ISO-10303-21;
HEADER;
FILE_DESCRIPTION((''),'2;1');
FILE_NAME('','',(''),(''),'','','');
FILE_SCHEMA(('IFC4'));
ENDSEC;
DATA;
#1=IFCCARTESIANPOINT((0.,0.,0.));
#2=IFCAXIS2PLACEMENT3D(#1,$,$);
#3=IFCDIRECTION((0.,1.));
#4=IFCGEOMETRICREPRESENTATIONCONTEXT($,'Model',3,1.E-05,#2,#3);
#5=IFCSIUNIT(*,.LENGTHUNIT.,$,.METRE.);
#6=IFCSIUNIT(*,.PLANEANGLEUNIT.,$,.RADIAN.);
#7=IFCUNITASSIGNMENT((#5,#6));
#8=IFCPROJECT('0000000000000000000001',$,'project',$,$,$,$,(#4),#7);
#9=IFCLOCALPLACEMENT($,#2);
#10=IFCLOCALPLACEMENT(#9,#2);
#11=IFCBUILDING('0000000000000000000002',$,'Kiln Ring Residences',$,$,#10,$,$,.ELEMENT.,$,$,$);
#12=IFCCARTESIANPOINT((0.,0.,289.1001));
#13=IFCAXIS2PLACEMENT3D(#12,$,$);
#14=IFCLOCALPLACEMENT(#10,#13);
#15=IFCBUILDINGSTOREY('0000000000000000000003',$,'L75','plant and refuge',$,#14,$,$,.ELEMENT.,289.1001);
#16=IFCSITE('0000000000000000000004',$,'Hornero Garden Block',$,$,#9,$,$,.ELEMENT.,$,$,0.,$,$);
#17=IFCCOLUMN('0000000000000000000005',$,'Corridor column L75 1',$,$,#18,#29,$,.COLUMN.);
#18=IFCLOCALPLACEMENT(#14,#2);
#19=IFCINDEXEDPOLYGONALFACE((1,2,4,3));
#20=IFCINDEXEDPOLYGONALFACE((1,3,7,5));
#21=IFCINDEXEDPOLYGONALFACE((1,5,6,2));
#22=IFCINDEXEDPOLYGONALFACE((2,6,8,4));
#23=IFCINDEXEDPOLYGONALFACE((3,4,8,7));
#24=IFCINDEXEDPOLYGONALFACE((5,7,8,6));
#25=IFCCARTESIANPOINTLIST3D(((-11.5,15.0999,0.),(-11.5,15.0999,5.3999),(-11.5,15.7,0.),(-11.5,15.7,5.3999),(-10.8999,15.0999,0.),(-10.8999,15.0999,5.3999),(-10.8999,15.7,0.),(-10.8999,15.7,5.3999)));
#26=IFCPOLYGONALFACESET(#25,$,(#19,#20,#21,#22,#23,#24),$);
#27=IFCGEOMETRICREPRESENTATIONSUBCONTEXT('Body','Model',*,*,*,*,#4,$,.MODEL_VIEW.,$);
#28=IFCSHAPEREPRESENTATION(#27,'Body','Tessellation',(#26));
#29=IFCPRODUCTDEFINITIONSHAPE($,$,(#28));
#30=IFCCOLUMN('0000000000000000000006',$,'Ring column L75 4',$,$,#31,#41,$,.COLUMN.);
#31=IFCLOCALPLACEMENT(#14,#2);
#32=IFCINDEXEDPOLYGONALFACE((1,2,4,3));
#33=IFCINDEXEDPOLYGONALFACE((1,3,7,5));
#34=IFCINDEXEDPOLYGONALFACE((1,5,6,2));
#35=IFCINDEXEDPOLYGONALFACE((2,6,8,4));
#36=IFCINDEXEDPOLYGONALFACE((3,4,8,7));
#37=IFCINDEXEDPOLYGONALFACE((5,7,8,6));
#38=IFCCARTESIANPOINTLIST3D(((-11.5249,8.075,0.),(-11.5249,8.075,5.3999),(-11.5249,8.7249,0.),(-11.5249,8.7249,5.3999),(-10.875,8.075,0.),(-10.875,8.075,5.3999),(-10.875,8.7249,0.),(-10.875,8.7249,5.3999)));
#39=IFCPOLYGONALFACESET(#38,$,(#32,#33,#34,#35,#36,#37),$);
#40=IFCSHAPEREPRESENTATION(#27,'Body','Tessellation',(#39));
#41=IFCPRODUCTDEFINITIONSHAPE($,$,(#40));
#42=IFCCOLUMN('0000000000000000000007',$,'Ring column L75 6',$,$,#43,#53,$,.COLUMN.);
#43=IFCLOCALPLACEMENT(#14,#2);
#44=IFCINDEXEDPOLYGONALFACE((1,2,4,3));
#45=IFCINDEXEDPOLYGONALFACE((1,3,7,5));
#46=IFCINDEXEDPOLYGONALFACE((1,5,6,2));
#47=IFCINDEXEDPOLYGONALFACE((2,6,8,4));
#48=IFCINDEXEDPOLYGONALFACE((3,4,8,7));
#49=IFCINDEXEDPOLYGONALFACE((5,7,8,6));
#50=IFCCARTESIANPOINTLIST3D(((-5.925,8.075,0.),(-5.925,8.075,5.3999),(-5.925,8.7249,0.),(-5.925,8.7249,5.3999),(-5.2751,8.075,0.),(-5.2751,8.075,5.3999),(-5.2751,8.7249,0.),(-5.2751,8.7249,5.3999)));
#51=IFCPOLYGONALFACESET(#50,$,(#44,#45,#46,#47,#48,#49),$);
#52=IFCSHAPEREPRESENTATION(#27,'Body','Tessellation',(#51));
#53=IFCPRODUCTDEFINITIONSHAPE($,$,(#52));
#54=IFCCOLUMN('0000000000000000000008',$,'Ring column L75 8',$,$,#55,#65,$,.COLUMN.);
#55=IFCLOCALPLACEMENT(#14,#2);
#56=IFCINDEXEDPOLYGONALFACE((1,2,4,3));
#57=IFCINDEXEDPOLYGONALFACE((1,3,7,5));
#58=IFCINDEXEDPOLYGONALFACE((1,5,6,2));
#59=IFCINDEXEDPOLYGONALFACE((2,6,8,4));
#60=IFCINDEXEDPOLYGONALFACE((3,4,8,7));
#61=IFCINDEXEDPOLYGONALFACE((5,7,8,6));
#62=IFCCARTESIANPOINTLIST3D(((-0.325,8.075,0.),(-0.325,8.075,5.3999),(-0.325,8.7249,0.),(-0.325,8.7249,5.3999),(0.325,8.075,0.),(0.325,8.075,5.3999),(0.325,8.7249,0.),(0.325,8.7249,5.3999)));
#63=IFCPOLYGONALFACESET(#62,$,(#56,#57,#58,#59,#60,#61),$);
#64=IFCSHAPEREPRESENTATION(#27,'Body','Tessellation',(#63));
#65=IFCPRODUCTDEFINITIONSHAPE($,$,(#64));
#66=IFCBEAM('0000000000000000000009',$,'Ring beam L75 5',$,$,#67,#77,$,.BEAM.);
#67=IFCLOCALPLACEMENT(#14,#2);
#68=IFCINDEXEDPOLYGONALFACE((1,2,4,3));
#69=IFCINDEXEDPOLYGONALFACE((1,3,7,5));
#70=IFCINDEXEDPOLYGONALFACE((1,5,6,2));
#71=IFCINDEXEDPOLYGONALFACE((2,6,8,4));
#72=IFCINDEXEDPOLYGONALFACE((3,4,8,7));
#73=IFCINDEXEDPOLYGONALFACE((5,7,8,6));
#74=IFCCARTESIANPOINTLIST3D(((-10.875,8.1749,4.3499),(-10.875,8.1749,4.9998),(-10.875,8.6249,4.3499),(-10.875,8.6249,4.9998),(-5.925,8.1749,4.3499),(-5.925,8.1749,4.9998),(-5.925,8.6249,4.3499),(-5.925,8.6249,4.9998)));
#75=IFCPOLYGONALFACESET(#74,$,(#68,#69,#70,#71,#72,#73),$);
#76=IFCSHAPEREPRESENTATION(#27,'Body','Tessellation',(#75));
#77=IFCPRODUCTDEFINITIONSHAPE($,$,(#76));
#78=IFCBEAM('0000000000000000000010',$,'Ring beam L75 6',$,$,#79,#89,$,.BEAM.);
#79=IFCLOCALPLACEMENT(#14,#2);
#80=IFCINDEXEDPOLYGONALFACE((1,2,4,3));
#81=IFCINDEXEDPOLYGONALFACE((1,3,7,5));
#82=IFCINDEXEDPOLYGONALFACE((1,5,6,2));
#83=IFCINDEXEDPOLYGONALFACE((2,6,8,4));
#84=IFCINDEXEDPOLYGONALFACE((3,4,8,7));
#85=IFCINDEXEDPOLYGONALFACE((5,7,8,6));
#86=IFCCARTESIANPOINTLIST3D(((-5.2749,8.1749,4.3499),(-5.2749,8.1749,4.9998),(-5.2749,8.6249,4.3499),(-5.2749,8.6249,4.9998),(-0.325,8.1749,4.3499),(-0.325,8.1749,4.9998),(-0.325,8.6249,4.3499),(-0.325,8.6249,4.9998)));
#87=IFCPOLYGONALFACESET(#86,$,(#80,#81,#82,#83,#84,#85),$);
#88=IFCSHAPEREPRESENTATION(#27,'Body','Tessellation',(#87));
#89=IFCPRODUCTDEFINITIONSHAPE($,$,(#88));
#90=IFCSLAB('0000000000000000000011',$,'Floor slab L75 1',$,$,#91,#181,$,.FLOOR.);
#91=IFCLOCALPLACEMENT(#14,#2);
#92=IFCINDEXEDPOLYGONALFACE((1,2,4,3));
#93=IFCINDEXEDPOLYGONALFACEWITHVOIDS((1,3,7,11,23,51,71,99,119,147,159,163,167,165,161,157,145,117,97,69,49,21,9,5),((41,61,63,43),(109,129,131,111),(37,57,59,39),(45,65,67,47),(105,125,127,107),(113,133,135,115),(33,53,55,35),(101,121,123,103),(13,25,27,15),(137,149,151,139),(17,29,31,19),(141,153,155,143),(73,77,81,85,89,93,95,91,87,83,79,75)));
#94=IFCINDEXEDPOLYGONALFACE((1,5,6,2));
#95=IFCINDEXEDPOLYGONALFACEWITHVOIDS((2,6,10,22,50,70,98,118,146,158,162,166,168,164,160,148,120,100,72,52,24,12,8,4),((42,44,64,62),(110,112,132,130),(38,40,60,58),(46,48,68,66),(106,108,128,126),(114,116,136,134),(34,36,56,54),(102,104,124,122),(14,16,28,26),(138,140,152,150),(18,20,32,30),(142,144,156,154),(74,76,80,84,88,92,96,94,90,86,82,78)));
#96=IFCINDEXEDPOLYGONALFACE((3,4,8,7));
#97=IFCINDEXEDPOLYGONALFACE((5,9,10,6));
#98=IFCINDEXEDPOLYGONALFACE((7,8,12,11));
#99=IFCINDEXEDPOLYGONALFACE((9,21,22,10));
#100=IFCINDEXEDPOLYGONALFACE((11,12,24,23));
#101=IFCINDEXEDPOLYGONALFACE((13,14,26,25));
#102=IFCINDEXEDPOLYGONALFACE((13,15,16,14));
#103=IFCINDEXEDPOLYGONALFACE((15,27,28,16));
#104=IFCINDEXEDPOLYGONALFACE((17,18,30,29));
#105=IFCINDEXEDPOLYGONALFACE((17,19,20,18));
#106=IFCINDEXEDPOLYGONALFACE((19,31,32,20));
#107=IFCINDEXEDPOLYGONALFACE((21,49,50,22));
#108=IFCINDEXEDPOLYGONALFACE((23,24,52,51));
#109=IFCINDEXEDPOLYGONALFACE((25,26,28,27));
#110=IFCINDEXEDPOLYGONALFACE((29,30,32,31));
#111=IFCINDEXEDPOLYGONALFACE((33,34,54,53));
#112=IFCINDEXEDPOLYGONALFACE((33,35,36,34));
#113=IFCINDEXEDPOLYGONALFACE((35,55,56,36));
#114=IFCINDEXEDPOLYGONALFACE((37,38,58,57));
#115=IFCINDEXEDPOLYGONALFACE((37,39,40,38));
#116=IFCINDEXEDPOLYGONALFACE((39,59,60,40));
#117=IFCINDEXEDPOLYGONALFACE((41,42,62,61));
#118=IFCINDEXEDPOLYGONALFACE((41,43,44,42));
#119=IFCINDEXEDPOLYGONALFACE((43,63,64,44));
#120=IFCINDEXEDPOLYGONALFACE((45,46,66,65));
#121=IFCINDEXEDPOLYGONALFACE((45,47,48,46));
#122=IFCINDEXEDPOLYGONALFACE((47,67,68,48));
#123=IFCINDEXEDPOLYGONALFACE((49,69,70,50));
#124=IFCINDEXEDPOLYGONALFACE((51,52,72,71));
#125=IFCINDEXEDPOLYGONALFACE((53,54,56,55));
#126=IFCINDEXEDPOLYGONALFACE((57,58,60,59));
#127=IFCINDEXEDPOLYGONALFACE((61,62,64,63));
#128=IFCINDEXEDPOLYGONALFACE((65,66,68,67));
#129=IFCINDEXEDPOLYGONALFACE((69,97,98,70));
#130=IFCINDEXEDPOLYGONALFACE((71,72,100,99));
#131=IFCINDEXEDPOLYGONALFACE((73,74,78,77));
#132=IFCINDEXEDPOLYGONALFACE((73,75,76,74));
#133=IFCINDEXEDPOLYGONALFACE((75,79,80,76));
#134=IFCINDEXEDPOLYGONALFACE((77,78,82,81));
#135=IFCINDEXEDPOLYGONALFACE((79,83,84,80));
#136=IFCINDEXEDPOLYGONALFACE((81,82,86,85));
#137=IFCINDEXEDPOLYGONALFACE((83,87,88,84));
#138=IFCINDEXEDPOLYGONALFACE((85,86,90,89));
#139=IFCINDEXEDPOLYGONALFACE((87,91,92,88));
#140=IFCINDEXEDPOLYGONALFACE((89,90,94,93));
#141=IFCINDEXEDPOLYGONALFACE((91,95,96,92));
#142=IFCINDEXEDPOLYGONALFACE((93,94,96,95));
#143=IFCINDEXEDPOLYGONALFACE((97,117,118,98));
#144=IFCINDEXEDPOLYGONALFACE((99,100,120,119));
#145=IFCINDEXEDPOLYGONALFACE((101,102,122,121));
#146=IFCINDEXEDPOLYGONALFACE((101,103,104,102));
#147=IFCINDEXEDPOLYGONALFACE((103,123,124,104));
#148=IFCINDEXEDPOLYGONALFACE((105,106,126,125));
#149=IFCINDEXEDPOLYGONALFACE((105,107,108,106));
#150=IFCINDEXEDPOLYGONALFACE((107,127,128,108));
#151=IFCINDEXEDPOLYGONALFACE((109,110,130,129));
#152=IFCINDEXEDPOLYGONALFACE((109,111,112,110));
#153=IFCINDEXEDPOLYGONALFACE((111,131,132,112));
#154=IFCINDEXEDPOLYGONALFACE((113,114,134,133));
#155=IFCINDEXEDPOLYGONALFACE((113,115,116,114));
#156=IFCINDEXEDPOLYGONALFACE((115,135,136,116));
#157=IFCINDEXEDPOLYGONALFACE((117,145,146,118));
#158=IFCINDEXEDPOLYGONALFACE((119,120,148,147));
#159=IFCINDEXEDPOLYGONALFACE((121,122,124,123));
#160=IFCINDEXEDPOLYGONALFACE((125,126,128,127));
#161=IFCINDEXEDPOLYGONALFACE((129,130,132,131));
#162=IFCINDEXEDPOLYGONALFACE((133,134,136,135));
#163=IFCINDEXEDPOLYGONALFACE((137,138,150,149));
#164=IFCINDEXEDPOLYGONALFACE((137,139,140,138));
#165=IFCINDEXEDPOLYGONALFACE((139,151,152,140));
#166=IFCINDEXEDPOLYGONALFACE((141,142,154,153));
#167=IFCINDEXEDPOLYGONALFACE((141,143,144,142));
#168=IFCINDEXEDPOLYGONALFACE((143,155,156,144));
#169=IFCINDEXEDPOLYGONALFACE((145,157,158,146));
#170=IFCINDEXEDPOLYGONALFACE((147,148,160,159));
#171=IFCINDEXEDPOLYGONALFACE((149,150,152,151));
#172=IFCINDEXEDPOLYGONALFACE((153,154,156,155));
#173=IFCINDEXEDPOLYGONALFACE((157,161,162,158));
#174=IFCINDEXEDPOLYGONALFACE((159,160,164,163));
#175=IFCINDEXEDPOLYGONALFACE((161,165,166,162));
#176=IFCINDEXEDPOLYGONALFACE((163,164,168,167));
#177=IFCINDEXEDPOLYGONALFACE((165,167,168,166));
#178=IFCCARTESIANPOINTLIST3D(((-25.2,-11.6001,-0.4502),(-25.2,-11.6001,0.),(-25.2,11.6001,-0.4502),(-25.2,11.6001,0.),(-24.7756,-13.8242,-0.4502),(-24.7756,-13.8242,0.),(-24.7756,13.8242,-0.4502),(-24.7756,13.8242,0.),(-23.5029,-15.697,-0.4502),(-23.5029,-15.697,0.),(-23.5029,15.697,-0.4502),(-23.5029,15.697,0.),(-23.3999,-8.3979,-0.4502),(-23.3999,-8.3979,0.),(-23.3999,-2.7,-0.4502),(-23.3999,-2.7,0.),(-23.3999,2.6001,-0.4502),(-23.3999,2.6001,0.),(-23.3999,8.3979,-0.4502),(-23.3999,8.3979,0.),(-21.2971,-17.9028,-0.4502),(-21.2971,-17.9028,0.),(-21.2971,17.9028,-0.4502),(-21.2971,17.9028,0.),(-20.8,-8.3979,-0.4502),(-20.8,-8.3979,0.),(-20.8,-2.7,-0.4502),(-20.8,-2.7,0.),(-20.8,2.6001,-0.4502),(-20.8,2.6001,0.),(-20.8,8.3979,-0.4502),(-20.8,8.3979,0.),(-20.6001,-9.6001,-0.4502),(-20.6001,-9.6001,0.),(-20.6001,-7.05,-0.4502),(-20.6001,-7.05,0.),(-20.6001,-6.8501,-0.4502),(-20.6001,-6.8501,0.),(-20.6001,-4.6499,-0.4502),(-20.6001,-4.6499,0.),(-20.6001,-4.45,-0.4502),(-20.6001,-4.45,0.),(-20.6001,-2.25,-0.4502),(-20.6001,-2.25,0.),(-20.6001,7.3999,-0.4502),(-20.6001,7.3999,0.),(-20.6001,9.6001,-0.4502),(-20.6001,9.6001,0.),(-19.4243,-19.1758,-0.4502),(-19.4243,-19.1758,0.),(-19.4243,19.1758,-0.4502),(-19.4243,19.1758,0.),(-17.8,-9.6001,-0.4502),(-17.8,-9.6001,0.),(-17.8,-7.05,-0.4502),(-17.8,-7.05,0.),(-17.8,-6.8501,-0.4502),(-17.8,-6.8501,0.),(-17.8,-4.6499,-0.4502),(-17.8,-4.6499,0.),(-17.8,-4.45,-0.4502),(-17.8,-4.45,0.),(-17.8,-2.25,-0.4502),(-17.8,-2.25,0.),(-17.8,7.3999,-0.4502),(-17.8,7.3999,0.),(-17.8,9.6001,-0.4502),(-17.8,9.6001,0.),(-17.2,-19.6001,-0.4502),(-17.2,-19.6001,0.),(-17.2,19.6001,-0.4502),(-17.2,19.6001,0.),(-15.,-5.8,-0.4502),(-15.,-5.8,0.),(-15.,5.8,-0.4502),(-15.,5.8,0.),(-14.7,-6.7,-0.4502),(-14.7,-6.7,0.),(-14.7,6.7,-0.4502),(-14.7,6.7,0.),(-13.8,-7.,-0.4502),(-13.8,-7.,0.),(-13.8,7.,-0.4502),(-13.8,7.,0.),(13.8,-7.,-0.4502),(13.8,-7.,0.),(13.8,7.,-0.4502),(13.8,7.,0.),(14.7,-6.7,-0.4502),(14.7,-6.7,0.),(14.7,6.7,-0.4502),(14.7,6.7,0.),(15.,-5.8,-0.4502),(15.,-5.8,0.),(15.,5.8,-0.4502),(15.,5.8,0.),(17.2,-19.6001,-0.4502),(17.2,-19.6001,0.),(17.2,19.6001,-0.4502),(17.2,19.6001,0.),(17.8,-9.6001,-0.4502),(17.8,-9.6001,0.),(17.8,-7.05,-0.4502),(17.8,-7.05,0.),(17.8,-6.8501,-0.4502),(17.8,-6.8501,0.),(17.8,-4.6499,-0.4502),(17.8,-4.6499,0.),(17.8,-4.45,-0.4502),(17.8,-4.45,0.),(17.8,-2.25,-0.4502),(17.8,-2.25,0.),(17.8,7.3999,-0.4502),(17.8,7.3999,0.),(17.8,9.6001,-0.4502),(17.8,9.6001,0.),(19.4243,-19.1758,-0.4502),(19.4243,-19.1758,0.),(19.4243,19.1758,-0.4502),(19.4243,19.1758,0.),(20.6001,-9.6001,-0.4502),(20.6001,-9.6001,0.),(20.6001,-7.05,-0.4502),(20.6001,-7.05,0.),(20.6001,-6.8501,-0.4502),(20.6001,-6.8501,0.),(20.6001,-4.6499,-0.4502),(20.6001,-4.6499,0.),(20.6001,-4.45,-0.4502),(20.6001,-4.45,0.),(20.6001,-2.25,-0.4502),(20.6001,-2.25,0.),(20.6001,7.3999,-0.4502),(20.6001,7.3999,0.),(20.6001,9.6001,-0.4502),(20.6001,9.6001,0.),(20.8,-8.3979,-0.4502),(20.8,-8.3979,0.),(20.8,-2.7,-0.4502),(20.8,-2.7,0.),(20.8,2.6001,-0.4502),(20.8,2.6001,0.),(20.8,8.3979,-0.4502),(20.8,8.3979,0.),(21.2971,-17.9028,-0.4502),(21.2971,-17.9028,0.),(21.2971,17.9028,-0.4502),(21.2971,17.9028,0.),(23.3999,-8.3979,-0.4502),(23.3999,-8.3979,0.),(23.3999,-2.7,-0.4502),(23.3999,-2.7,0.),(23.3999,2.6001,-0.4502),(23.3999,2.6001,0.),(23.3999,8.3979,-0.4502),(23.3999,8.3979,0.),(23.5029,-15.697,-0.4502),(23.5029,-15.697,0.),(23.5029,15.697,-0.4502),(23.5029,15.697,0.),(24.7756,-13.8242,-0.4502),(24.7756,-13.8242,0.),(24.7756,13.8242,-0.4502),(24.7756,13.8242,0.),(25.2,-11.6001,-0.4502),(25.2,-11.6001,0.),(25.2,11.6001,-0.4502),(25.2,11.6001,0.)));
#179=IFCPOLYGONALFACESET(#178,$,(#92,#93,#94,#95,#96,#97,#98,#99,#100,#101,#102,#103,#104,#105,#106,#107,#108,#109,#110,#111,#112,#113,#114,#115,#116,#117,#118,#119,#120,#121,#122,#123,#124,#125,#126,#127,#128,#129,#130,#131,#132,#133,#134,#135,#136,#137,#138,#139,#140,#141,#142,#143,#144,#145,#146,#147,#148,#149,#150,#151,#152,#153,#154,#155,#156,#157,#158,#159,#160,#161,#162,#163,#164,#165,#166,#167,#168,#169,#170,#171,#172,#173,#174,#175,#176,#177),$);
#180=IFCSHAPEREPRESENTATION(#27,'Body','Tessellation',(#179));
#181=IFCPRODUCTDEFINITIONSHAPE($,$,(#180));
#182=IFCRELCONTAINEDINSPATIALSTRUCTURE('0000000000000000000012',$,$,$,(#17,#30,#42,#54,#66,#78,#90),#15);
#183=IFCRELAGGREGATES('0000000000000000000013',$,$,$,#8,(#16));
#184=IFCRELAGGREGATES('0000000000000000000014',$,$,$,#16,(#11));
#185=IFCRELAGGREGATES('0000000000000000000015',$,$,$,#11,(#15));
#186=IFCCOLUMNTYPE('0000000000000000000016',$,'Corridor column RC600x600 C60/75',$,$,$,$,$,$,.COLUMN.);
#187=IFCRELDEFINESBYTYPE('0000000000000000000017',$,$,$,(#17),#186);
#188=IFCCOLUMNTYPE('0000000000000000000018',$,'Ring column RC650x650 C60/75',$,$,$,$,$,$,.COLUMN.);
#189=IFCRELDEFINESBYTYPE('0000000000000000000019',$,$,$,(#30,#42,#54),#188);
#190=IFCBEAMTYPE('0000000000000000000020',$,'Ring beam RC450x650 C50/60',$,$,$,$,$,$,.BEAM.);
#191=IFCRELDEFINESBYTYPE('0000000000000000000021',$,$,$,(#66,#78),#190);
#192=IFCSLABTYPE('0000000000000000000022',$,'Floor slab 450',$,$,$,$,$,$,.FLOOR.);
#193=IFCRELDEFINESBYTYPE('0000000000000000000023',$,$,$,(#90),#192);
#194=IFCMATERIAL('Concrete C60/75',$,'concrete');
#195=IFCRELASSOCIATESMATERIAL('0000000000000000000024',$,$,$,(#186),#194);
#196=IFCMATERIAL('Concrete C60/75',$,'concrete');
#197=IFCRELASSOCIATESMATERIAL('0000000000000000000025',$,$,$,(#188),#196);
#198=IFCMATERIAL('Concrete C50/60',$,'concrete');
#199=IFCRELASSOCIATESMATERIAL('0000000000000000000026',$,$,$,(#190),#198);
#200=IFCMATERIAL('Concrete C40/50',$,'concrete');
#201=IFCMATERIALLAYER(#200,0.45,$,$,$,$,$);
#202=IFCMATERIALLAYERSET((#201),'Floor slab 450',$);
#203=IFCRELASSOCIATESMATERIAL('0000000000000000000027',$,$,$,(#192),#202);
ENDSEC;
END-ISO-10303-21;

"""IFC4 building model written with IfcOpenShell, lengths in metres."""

from ifc_helpers import new_model, si_unit, direction, frame, origin, origin_2d, place, context, subcontext, project, spatial, polyline, rectangle, outline, extrude, material, layer, layer_set, material_profile, profile_set, type_object, element, save


model = new_model("IFC4")

# Units and contexts
model_context = context("Model", 3, precision=1e-05, world=origin(), true_north=direction((0.0, 1.0)))
body_context = subcontext(model_context, "Body", "Model", "MODEL_VIEW")
ifc_project = project(units=[si_unit("LENGTHUNIT", "METRE"), si_unit("PLANEANGLEUNIT", "RADIAN")], contexts=[model_context])

# Site, building, storey
site_placement = place(None, origin())
site = spatial("IfcSite", under=ifc_project, at=site_placement, Name="Hornero Garden Block", CompositionType="ELEMENT", RefElevation=0.0)
building_placement = place(site_placement, origin())
building = spatial("IfcBuilding", under=site, at=building_placement, Name="Kiln Ring Residences", CompositionType="ELEMENT")
storey_placement = place(building_placement, frame((0.0, 0.0, 289.1001)))
storey = spatial("IfcBuildingStorey", under=building, at=storey_placement, Name="L75", Description="plant and refuge", CompositionType="ELEMENT", Elevation=289.1001)

# Columns
ifc_material_1 = material(Name="Concrete C60/75", Category="concrete")
ifc_material_profile_1 = material_profile(ifc_material_1, rectangle(XDim=0.6001, YDim=0.6001, at=origin_2d()), Name="RC600x600")
ifc_profile_set_1 = profile_set([ifc_material_profile_1], Name="Concrete C60/75")
column_type_1 = type_object("IfcColumnType", Name="Corridor column RC600x600 C60/75", PredefinedType="COLUMN", material=ifc_profile_set_1)
column_placement = place(storey_placement, frame((-11.2, 15.3999, 0.0), z_axis=(0.0, 0.0, 1.0), x_axis=(1.0, 0.0, 0.0)))
element("IfcColumn", 1, at=column_placement, inside=storey, type_object=column_type_1, Name="Corridor column L75 1", PredefinedType="COLUMN", context=body_context, shape_type="SweptSolid", body=[
    extrude(rectangle(XDim=0.6001, YDim=0.6001, at=origin_2d()), origin(), (0.0, 0.0, 1.0), 5.3999),
])
ifc_material_2 = material(Name="Concrete C60/75", Category="concrete")
ifc_material_profile_2 = material_profile(ifc_material_2, rectangle(XDim=0.6499, YDim=0.6499, at=origin_2d()), Name="RC650x650")
ifc_profile_set_2 = profile_set([ifc_material_profile_2], Name="Concrete C60/75")
column_type_2 = type_object("IfcColumnType", Name="Ring column RC650x650 C60/75", PredefinedType="COLUMN", material=ifc_profile_set_2)
for number, where, z_axis, x_axis, name in (
    (2, (-11.2, 8.3999, 0.0), (0.0, 0.0, 1.0), (1.0, 0.0, 0.0), "Ring column L75 4"),
    (3, (-5.6001, 8.3999, 0.0), (0.0, 0.0, 1.0), (1.0, 0.0, 0.0), "Ring column L75 6"),
    (4, (0.0, 8.3999, 0.0), (0.0, 0.0, 1.0), (1.0, 0.0, 0.0), "Ring column L75 8"),
):
    element("IfcColumn", number, at=place(storey_placement, frame(where, z_axis=z_axis, x_axis=x_axis)), inside=storey, type_object=column_type_2, Name=name, PredefinedType="COLUMN", context=body_context, shape_type="SweptSolid", body=[
        extrude(rectangle(XDim=0.6499, YDim=0.6499, at=origin_2d()), origin(), (0.0, 0.0, 1.0), 5.3999),
    ])

# Beams
ifc_material_3 = material(Name="Concrete C50/60", Category="concrete")
ifc_material_profile_3 = material_profile(ifc_material_3, rectangle(XDim=0.45, YDim=0.6499, at=origin_2d()), Name="RC450x650")
ifc_profile_set_3 = profile_set([ifc_material_profile_3], Name="Concrete C50/60")
beam_type = type_object("IfcBeamType", Name="Ring beam RC450x650 C50/60", PredefinedType="BEAM", material=ifc_profile_set_3)
for number, where, z_axis, x_axis, name in (
    (5, (-10.875, 8.3999, 4.6748), (1.0, 0.0, 0.0), (0.0, 1.0, 0.0), "Ring beam L75 5"),
    (6, (-5.2749, 8.3999, 4.6748), (1.0, 0.0, 0.0), (0.0, 1.0, 0.0), "Ring beam L75 6"),
):
    element("IfcBeam", number, at=place(storey_placement, frame(where, z_axis=z_axis, x_axis=x_axis)), inside=storey, type_object=beam_type, Name=name, PredefinedType="BEAM", context=body_context, shape_type="SweptSolid", body=[
        extrude(rectangle(XDim=0.45, YDim=0.6499, at=origin_2d()), origin(), (0.0, 0.0, 1.0), 4.95),
    ])

# Slab
ifc_material_4 = material(Name="Concrete C40/50", Category="concrete")
ifc_layer_1 = layer(ifc_material_4, 0.45)
ifc_layer_set_1 = layer_set([ifc_layer_1], Name="Floor slab 450")
slab_type = type_object("IfcSlabType", Name="Floor slab 450", PredefinedType="FLOOR", material=ifc_layer_set_1)
slab_placement = place(storey_placement, frame((0.0, 0.0, -0.4502)))
element("IfcSlab", 7, at=slab_placement, inside=storey, type_object=slab_type, Name="Floor slab L75 1", PredefinedType="FLOOR", context=body_context, shape_type="SweptSolid", body=[
    extrude(outline(polyline([(-23.5029, -15.697), (-21.2971, -17.9028), (-19.4243, -19.1758), (-17.2, -19.6001), (17.2, -19.6001), (19.4243, -19.1758), (21.2971, -17.9028), (23.5029, -15.697), (24.7756, -13.8242), (25.2, -11.6001), (25.2, 11.6001), (24.7756, 13.8242), (23.5029, 15.697), (21.2971, 17.9028), (19.4243, 19.1758), (17.2, 19.6001), (-17.2, 19.6001), (-19.4243, 19.1758), (-21.2971, 17.9028), (-23.5029, 15.697), (-24.7756, 13.8242), (-25.2, 11.6001), (-25.2, -11.6001), (-24.7756, -13.8242), (-23.5029, -15.697)]), holes=[polyline([(-14.7, -6.7), (-15.0, -5.8), (-15.0, 5.8), (-14.7, 6.7), (-13.8, 7.0), (13.8, 7.0), (14.7, 6.7), (15.0, 5.8), (15.0, -5.8), (14.7, -6.7), (13.8, -7.0), (-13.8, -7.0), (-14.7, -6.7)]), polyline([(20.8, -8.3979), (20.8, -2.7), (23.3999, -2.7), (23.3999, -8.3979), (20.8, -8.3979)]), polyline([(20.8, 2.6001), (20.8, 8.3979), (23.3999, 8.3979), (23.3999, 2.6001), (20.8, 2.6001)]), polyline([(17.8, -6.8501), (17.8, -4.6499), (20.6001, -4.6499), (20.6001, -6.8501), (17.8, -6.8501)]), polyline([(17.8, 7.3999), (17.8, 9.6001), (20.6001, 9.6001), (20.6001, 7.3999), (17.8, 7.3999)]), polyline([(20.6001, -9.6001), (17.8, -9.6001), (17.8, -7.05), (20.6001, -7.05), (20.6001, -9.6001)]), polyline([(20.6001, -4.45), (17.8, -4.45), (17.8, -2.25), (20.6001, -2.25), (20.6001, -4.45)]), polyline([(-17.8, -7.05), (-17.8, -9.6001), (-20.6001, -9.6001), (-20.6001, -7.05), (-17.8, -7.05)]), polyline([(-17.8, -6.8501), (-20.6001, -6.8501), (-20.6001, -4.6499), (-17.8, -4.6499), (-17.8, -6.8501)]), polyline([(-17.8, -2.25), (-17.8, -4.45), (-20.6001, -4.45), (-20.6001, -2.25), (-17.8, -2.25)]), polyline([(-17.8, 7.3999), (-20.6001, 7.3999), (-20.6001, 9.6001), (-17.8, 9.6001), (-17.8, 7.3999)]), polyline([(-20.8, -8.3979), (-23.3999, -8.3979), (-23.3999, -2.7), (-20.8, -2.7), (-20.8, -8.3979)]), polyline([(-20.8, 2.6001), (-23.3999, 2.6001), (-23.3999, 8.3979), (-20.8, 8.3979), (-20.8, 2.6001)])]), origin(), (0.0, 0.0, 1.0), 0.4502),
])

save(model, "model.ifc")
